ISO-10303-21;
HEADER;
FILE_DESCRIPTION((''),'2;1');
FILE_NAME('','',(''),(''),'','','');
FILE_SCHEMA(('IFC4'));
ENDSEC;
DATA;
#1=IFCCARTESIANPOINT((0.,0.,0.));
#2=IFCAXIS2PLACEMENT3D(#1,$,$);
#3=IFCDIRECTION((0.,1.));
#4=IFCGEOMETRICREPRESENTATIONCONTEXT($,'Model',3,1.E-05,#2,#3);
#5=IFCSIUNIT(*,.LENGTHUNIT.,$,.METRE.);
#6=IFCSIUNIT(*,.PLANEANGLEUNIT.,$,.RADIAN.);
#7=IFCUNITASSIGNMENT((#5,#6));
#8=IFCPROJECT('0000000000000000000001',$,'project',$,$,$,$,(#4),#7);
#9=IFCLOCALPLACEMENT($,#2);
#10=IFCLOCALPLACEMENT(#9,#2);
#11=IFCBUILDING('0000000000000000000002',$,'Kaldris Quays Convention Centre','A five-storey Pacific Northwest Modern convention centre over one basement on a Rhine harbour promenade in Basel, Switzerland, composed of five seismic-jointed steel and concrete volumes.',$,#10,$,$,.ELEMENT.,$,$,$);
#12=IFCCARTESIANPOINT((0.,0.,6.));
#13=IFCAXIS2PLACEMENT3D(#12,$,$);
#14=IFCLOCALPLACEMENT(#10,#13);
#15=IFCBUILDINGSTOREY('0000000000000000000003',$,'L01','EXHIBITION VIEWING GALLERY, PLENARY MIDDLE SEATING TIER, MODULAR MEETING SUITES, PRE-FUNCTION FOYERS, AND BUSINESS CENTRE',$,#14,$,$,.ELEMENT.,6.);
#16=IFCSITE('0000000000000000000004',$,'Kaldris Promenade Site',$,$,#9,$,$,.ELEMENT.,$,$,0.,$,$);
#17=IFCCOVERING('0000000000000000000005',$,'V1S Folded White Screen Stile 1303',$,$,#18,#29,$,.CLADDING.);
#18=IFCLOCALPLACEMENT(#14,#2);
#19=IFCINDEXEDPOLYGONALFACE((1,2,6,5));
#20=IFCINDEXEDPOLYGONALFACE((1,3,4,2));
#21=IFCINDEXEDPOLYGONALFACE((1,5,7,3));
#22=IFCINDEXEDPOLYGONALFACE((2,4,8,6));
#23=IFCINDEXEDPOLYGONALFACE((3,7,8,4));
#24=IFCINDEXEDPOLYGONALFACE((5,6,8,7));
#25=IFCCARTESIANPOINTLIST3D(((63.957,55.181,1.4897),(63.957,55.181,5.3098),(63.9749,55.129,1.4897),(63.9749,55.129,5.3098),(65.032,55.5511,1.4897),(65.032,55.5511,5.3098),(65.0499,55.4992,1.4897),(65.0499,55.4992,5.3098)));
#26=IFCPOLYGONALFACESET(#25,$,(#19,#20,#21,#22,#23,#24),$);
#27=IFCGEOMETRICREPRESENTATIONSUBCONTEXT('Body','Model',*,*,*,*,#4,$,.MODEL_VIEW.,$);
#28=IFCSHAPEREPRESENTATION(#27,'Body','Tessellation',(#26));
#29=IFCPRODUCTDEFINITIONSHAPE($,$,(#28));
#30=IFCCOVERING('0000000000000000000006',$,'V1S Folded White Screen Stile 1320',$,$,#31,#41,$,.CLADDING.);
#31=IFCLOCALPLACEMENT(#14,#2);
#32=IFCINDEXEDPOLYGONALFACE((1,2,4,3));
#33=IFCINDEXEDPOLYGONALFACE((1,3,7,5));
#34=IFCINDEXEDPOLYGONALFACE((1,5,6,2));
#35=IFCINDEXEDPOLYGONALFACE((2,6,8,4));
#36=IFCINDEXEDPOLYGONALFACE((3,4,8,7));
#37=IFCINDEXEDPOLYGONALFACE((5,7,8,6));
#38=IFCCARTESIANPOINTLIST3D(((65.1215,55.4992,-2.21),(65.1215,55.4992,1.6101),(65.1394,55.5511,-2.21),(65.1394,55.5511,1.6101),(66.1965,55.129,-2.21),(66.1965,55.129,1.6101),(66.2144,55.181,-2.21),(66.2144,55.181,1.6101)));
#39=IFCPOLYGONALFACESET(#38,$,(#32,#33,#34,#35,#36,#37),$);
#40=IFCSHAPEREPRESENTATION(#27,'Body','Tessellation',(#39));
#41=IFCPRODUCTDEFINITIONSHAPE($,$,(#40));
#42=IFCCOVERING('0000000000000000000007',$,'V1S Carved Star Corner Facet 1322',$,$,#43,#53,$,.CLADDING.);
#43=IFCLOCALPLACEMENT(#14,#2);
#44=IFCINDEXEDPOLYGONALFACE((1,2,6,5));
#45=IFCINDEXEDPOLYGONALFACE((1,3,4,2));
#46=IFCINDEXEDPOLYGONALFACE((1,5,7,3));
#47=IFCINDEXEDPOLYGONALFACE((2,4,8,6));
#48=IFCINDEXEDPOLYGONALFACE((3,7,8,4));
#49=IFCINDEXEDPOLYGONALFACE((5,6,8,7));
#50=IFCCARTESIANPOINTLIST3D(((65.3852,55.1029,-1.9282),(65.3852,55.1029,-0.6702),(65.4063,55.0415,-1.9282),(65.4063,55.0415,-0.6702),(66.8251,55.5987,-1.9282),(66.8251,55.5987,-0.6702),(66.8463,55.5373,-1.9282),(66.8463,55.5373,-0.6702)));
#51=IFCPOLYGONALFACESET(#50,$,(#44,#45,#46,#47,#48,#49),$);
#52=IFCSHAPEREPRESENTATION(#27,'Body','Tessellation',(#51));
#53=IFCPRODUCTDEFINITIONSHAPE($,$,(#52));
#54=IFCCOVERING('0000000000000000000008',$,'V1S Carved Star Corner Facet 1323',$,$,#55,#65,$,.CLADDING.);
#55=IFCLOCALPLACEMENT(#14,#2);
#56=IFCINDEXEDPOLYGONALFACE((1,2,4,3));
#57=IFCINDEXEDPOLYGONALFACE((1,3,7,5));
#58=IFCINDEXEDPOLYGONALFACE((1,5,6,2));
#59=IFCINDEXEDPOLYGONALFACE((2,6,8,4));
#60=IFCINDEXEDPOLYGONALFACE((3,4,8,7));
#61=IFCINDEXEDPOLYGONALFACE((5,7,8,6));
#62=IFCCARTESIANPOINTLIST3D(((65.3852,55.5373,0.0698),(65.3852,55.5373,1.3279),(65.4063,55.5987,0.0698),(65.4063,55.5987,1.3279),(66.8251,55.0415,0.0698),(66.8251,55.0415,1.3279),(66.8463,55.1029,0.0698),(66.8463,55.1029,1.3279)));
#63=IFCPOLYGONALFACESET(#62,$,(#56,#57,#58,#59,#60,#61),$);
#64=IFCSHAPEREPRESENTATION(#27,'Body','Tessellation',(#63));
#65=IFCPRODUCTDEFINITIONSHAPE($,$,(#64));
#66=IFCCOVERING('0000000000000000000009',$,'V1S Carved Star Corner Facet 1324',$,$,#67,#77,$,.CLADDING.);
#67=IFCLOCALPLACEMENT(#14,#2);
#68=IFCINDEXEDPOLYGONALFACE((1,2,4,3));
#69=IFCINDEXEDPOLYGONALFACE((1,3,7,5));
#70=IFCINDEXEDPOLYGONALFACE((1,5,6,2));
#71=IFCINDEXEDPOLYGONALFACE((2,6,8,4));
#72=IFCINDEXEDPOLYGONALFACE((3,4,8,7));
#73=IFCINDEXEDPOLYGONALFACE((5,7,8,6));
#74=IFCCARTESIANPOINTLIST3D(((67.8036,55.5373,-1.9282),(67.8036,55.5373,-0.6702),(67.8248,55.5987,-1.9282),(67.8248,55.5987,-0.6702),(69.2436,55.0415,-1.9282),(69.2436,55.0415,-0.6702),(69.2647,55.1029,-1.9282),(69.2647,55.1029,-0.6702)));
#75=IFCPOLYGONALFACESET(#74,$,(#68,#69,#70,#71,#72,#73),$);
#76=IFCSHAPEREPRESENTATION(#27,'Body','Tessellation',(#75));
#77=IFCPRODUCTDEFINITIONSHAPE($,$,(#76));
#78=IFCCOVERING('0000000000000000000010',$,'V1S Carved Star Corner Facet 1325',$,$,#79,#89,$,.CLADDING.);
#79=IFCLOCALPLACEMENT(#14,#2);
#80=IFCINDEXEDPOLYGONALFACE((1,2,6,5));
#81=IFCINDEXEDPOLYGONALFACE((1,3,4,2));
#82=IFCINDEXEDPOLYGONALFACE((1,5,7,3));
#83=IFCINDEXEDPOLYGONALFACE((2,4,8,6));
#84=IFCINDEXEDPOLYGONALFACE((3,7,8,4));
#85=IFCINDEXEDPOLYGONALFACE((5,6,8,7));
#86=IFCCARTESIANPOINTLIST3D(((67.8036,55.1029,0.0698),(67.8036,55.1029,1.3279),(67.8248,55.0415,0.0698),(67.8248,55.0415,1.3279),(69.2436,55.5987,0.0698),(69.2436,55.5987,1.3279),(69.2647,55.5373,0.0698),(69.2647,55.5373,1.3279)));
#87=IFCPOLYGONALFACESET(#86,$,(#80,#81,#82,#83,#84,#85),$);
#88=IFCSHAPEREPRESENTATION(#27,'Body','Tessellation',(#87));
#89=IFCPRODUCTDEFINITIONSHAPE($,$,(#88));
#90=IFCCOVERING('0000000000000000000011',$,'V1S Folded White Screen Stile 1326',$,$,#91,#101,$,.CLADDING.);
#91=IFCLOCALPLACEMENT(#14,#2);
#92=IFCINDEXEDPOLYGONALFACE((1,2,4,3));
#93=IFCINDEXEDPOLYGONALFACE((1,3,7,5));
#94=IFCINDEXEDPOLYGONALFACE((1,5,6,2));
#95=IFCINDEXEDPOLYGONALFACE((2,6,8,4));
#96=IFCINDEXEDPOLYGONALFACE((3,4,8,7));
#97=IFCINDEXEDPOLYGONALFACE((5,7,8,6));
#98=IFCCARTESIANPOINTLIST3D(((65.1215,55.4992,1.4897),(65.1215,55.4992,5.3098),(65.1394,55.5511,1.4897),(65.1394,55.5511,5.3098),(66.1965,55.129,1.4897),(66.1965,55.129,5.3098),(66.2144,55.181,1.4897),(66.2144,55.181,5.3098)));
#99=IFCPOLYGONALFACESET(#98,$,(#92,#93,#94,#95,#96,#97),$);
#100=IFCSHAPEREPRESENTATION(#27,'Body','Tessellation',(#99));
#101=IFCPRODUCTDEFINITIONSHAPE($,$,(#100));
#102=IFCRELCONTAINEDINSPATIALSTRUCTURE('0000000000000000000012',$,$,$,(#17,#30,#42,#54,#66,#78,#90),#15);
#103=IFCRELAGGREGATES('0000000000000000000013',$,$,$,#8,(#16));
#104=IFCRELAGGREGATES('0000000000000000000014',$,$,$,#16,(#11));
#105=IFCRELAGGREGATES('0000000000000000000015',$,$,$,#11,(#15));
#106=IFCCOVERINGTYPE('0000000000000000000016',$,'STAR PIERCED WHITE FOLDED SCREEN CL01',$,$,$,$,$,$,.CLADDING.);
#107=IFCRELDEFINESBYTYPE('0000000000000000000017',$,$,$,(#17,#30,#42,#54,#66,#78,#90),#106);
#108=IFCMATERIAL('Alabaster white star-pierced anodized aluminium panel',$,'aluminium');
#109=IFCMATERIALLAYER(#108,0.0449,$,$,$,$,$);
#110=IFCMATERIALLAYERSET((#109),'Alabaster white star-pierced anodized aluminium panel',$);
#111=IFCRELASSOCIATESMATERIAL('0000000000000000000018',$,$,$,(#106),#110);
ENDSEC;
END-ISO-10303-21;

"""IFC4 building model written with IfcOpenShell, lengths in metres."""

from ifc_helpers import new_model, si_unit, direction, frame, origin, origin_2d, place, context, subcontext, project, spatial, rectangle, extrude, material, layer, layer_set, type_object, element, save


model = new_model("IFC4")

# Units and contexts
model_context = context("Model", 3, precision=1e-05, world=origin(), true_north=direction((0.0, 1.0)))
body_context = subcontext(model_context, "Body", "Model", "MODEL_VIEW")
ifc_project = project(units=[si_unit("LENGTHUNIT", "METRE"), si_unit("PLANEANGLEUNIT", "RADIAN")], contexts=[model_context])

# Site, building, storey
site_placement = place(None, origin())
site = spatial("IfcSite", under=ifc_project, at=site_placement, Name="Kaldris Promenade Site", CompositionType="ELEMENT", RefElevation=0.0)
building_placement = place(site_placement, origin())
building = spatial("IfcBuilding", under=site, at=building_placement, Name="Kaldris Quays Convention Centre", Description="A five-storey Pacific Northwest Modern convention centre over one basement on a Rhine harbour promenade in Basel, Switzerland, composed of five seismic-jointed steel and concrete volumes.", CompositionType="ELEMENT")
storey_placement = place(building_placement, frame((0.0, 0.0, 6.0)))
storey = spatial("IfcBuildingStorey", under=building, at=storey_placement, Name="L01", Description="EXHIBITION VIEWING GALLERY, PLENARY MIDDLE SEATING TIER, MODULAR MEETING SUITES, PRE-FUNCTION FOYERS, AND BUSINESS CENTRE", CompositionType="ELEMENT", Elevation=6.0)

# Coverings
ifc_material_1 = material(Name="Alabaster white star-pierced anodized aluminium panel", Category="aluminium")
ifc_layer_1 = layer(ifc_material_1, 0.0449)
ifc_layer_set_1 = layer_set([ifc_layer_1], Name="Alabaster white star-pierced anodized aluminium panel")
covering_type = type_object("IfcCoveringType", Name="STAR PIERCED WHITE FOLDED SCREEN CL01", PredefinedType="CLADDING", material=ifc_layer_set_1)
for number, where, z_axis, x_axis, name in (
    (1, (64.5034, 55.3401, 1.4897), (0.0, 0.0, 1.0), (0.945519, 0.325568, 0.0), "V1S Folded White Screen Stile 1303"),
    (2, (65.668, 55.3401, -2.21), (0.0, 0.0, 1.0), (0.945519, -0.325568, 0.0), "V1S Folded White Screen Stile 1320"),
):
    element("IfcCovering", number, at=place(storey_placement, frame(where, z_axis=z_axis, x_axis=x_axis)), inside=storey, type_object=covering_type, Name=name, PredefinedType="CLADDING", context=body_context, shape_type="SweptSolid", body=[
        extrude(rectangle(XDim=1.137, YDim=0.0549, at=origin_2d()), origin(), (0.0, 0.0, 1.0), 3.8201),
    ])
for number, where, z_axis, x_axis, name in (
    (3, (66.1157, 55.3201, -1.9282), (0.0, 0.0, 1.0), (0.945519, 0.325568, 0.0), "V1S Carved Star Corner Facet 1322"),
    (4, (66.1157, 55.3201, 0.0698), (0.0, 0.0, 1.0), (0.945519, -0.325568, 0.0), "V1S Carved Star Corner Facet 1323"),
    (5, (68.5342, 55.3201, -1.9282), (0.0, 0.0, 1.0), (0.945519, -0.325568, 0.0), "V1S Carved Star Corner Facet 1324"),
    (6, (68.5342, 55.3201, 0.0698), (0.0, 0.0, 1.0), (0.945519, 0.325568, 0.0), "V1S Carved Star Corner Facet 1325"),
):
    element("IfcCovering", number, at=place(storey_placement, frame(where, z_axis=z_axis, x_axis=x_axis)), inside=storey, type_object=covering_type, Name=name, PredefinedType="CLADDING", context=body_context, shape_type="SweptSolid", body=[
        extrude(rectangle(XDim=1.5229, YDim=0.0649, at=origin_2d()), origin(), (0.0, 0.0, 1.0), 1.2581),
    ])
covering_placement = place(storey_placement, frame((65.668, 55.3401, 1.4897), z_axis=(0.0, 0.0, 1.0), x_axis=(0.945519, -0.325568, 0.0)))
element("IfcCovering", 7, at=covering_placement, inside=storey, type_object=covering_type, Name="V1S Folded White Screen Stile 1326", PredefinedType="CLADDING", context=body_context, shape_type="SweptSolid", body=[
    extrude(rectangle(XDim=1.137, YDim=0.0549, at=origin_2d()), origin(), (0.0, 0.0, 1.0), 3.8201),
])

save(model, "model.ifc")
